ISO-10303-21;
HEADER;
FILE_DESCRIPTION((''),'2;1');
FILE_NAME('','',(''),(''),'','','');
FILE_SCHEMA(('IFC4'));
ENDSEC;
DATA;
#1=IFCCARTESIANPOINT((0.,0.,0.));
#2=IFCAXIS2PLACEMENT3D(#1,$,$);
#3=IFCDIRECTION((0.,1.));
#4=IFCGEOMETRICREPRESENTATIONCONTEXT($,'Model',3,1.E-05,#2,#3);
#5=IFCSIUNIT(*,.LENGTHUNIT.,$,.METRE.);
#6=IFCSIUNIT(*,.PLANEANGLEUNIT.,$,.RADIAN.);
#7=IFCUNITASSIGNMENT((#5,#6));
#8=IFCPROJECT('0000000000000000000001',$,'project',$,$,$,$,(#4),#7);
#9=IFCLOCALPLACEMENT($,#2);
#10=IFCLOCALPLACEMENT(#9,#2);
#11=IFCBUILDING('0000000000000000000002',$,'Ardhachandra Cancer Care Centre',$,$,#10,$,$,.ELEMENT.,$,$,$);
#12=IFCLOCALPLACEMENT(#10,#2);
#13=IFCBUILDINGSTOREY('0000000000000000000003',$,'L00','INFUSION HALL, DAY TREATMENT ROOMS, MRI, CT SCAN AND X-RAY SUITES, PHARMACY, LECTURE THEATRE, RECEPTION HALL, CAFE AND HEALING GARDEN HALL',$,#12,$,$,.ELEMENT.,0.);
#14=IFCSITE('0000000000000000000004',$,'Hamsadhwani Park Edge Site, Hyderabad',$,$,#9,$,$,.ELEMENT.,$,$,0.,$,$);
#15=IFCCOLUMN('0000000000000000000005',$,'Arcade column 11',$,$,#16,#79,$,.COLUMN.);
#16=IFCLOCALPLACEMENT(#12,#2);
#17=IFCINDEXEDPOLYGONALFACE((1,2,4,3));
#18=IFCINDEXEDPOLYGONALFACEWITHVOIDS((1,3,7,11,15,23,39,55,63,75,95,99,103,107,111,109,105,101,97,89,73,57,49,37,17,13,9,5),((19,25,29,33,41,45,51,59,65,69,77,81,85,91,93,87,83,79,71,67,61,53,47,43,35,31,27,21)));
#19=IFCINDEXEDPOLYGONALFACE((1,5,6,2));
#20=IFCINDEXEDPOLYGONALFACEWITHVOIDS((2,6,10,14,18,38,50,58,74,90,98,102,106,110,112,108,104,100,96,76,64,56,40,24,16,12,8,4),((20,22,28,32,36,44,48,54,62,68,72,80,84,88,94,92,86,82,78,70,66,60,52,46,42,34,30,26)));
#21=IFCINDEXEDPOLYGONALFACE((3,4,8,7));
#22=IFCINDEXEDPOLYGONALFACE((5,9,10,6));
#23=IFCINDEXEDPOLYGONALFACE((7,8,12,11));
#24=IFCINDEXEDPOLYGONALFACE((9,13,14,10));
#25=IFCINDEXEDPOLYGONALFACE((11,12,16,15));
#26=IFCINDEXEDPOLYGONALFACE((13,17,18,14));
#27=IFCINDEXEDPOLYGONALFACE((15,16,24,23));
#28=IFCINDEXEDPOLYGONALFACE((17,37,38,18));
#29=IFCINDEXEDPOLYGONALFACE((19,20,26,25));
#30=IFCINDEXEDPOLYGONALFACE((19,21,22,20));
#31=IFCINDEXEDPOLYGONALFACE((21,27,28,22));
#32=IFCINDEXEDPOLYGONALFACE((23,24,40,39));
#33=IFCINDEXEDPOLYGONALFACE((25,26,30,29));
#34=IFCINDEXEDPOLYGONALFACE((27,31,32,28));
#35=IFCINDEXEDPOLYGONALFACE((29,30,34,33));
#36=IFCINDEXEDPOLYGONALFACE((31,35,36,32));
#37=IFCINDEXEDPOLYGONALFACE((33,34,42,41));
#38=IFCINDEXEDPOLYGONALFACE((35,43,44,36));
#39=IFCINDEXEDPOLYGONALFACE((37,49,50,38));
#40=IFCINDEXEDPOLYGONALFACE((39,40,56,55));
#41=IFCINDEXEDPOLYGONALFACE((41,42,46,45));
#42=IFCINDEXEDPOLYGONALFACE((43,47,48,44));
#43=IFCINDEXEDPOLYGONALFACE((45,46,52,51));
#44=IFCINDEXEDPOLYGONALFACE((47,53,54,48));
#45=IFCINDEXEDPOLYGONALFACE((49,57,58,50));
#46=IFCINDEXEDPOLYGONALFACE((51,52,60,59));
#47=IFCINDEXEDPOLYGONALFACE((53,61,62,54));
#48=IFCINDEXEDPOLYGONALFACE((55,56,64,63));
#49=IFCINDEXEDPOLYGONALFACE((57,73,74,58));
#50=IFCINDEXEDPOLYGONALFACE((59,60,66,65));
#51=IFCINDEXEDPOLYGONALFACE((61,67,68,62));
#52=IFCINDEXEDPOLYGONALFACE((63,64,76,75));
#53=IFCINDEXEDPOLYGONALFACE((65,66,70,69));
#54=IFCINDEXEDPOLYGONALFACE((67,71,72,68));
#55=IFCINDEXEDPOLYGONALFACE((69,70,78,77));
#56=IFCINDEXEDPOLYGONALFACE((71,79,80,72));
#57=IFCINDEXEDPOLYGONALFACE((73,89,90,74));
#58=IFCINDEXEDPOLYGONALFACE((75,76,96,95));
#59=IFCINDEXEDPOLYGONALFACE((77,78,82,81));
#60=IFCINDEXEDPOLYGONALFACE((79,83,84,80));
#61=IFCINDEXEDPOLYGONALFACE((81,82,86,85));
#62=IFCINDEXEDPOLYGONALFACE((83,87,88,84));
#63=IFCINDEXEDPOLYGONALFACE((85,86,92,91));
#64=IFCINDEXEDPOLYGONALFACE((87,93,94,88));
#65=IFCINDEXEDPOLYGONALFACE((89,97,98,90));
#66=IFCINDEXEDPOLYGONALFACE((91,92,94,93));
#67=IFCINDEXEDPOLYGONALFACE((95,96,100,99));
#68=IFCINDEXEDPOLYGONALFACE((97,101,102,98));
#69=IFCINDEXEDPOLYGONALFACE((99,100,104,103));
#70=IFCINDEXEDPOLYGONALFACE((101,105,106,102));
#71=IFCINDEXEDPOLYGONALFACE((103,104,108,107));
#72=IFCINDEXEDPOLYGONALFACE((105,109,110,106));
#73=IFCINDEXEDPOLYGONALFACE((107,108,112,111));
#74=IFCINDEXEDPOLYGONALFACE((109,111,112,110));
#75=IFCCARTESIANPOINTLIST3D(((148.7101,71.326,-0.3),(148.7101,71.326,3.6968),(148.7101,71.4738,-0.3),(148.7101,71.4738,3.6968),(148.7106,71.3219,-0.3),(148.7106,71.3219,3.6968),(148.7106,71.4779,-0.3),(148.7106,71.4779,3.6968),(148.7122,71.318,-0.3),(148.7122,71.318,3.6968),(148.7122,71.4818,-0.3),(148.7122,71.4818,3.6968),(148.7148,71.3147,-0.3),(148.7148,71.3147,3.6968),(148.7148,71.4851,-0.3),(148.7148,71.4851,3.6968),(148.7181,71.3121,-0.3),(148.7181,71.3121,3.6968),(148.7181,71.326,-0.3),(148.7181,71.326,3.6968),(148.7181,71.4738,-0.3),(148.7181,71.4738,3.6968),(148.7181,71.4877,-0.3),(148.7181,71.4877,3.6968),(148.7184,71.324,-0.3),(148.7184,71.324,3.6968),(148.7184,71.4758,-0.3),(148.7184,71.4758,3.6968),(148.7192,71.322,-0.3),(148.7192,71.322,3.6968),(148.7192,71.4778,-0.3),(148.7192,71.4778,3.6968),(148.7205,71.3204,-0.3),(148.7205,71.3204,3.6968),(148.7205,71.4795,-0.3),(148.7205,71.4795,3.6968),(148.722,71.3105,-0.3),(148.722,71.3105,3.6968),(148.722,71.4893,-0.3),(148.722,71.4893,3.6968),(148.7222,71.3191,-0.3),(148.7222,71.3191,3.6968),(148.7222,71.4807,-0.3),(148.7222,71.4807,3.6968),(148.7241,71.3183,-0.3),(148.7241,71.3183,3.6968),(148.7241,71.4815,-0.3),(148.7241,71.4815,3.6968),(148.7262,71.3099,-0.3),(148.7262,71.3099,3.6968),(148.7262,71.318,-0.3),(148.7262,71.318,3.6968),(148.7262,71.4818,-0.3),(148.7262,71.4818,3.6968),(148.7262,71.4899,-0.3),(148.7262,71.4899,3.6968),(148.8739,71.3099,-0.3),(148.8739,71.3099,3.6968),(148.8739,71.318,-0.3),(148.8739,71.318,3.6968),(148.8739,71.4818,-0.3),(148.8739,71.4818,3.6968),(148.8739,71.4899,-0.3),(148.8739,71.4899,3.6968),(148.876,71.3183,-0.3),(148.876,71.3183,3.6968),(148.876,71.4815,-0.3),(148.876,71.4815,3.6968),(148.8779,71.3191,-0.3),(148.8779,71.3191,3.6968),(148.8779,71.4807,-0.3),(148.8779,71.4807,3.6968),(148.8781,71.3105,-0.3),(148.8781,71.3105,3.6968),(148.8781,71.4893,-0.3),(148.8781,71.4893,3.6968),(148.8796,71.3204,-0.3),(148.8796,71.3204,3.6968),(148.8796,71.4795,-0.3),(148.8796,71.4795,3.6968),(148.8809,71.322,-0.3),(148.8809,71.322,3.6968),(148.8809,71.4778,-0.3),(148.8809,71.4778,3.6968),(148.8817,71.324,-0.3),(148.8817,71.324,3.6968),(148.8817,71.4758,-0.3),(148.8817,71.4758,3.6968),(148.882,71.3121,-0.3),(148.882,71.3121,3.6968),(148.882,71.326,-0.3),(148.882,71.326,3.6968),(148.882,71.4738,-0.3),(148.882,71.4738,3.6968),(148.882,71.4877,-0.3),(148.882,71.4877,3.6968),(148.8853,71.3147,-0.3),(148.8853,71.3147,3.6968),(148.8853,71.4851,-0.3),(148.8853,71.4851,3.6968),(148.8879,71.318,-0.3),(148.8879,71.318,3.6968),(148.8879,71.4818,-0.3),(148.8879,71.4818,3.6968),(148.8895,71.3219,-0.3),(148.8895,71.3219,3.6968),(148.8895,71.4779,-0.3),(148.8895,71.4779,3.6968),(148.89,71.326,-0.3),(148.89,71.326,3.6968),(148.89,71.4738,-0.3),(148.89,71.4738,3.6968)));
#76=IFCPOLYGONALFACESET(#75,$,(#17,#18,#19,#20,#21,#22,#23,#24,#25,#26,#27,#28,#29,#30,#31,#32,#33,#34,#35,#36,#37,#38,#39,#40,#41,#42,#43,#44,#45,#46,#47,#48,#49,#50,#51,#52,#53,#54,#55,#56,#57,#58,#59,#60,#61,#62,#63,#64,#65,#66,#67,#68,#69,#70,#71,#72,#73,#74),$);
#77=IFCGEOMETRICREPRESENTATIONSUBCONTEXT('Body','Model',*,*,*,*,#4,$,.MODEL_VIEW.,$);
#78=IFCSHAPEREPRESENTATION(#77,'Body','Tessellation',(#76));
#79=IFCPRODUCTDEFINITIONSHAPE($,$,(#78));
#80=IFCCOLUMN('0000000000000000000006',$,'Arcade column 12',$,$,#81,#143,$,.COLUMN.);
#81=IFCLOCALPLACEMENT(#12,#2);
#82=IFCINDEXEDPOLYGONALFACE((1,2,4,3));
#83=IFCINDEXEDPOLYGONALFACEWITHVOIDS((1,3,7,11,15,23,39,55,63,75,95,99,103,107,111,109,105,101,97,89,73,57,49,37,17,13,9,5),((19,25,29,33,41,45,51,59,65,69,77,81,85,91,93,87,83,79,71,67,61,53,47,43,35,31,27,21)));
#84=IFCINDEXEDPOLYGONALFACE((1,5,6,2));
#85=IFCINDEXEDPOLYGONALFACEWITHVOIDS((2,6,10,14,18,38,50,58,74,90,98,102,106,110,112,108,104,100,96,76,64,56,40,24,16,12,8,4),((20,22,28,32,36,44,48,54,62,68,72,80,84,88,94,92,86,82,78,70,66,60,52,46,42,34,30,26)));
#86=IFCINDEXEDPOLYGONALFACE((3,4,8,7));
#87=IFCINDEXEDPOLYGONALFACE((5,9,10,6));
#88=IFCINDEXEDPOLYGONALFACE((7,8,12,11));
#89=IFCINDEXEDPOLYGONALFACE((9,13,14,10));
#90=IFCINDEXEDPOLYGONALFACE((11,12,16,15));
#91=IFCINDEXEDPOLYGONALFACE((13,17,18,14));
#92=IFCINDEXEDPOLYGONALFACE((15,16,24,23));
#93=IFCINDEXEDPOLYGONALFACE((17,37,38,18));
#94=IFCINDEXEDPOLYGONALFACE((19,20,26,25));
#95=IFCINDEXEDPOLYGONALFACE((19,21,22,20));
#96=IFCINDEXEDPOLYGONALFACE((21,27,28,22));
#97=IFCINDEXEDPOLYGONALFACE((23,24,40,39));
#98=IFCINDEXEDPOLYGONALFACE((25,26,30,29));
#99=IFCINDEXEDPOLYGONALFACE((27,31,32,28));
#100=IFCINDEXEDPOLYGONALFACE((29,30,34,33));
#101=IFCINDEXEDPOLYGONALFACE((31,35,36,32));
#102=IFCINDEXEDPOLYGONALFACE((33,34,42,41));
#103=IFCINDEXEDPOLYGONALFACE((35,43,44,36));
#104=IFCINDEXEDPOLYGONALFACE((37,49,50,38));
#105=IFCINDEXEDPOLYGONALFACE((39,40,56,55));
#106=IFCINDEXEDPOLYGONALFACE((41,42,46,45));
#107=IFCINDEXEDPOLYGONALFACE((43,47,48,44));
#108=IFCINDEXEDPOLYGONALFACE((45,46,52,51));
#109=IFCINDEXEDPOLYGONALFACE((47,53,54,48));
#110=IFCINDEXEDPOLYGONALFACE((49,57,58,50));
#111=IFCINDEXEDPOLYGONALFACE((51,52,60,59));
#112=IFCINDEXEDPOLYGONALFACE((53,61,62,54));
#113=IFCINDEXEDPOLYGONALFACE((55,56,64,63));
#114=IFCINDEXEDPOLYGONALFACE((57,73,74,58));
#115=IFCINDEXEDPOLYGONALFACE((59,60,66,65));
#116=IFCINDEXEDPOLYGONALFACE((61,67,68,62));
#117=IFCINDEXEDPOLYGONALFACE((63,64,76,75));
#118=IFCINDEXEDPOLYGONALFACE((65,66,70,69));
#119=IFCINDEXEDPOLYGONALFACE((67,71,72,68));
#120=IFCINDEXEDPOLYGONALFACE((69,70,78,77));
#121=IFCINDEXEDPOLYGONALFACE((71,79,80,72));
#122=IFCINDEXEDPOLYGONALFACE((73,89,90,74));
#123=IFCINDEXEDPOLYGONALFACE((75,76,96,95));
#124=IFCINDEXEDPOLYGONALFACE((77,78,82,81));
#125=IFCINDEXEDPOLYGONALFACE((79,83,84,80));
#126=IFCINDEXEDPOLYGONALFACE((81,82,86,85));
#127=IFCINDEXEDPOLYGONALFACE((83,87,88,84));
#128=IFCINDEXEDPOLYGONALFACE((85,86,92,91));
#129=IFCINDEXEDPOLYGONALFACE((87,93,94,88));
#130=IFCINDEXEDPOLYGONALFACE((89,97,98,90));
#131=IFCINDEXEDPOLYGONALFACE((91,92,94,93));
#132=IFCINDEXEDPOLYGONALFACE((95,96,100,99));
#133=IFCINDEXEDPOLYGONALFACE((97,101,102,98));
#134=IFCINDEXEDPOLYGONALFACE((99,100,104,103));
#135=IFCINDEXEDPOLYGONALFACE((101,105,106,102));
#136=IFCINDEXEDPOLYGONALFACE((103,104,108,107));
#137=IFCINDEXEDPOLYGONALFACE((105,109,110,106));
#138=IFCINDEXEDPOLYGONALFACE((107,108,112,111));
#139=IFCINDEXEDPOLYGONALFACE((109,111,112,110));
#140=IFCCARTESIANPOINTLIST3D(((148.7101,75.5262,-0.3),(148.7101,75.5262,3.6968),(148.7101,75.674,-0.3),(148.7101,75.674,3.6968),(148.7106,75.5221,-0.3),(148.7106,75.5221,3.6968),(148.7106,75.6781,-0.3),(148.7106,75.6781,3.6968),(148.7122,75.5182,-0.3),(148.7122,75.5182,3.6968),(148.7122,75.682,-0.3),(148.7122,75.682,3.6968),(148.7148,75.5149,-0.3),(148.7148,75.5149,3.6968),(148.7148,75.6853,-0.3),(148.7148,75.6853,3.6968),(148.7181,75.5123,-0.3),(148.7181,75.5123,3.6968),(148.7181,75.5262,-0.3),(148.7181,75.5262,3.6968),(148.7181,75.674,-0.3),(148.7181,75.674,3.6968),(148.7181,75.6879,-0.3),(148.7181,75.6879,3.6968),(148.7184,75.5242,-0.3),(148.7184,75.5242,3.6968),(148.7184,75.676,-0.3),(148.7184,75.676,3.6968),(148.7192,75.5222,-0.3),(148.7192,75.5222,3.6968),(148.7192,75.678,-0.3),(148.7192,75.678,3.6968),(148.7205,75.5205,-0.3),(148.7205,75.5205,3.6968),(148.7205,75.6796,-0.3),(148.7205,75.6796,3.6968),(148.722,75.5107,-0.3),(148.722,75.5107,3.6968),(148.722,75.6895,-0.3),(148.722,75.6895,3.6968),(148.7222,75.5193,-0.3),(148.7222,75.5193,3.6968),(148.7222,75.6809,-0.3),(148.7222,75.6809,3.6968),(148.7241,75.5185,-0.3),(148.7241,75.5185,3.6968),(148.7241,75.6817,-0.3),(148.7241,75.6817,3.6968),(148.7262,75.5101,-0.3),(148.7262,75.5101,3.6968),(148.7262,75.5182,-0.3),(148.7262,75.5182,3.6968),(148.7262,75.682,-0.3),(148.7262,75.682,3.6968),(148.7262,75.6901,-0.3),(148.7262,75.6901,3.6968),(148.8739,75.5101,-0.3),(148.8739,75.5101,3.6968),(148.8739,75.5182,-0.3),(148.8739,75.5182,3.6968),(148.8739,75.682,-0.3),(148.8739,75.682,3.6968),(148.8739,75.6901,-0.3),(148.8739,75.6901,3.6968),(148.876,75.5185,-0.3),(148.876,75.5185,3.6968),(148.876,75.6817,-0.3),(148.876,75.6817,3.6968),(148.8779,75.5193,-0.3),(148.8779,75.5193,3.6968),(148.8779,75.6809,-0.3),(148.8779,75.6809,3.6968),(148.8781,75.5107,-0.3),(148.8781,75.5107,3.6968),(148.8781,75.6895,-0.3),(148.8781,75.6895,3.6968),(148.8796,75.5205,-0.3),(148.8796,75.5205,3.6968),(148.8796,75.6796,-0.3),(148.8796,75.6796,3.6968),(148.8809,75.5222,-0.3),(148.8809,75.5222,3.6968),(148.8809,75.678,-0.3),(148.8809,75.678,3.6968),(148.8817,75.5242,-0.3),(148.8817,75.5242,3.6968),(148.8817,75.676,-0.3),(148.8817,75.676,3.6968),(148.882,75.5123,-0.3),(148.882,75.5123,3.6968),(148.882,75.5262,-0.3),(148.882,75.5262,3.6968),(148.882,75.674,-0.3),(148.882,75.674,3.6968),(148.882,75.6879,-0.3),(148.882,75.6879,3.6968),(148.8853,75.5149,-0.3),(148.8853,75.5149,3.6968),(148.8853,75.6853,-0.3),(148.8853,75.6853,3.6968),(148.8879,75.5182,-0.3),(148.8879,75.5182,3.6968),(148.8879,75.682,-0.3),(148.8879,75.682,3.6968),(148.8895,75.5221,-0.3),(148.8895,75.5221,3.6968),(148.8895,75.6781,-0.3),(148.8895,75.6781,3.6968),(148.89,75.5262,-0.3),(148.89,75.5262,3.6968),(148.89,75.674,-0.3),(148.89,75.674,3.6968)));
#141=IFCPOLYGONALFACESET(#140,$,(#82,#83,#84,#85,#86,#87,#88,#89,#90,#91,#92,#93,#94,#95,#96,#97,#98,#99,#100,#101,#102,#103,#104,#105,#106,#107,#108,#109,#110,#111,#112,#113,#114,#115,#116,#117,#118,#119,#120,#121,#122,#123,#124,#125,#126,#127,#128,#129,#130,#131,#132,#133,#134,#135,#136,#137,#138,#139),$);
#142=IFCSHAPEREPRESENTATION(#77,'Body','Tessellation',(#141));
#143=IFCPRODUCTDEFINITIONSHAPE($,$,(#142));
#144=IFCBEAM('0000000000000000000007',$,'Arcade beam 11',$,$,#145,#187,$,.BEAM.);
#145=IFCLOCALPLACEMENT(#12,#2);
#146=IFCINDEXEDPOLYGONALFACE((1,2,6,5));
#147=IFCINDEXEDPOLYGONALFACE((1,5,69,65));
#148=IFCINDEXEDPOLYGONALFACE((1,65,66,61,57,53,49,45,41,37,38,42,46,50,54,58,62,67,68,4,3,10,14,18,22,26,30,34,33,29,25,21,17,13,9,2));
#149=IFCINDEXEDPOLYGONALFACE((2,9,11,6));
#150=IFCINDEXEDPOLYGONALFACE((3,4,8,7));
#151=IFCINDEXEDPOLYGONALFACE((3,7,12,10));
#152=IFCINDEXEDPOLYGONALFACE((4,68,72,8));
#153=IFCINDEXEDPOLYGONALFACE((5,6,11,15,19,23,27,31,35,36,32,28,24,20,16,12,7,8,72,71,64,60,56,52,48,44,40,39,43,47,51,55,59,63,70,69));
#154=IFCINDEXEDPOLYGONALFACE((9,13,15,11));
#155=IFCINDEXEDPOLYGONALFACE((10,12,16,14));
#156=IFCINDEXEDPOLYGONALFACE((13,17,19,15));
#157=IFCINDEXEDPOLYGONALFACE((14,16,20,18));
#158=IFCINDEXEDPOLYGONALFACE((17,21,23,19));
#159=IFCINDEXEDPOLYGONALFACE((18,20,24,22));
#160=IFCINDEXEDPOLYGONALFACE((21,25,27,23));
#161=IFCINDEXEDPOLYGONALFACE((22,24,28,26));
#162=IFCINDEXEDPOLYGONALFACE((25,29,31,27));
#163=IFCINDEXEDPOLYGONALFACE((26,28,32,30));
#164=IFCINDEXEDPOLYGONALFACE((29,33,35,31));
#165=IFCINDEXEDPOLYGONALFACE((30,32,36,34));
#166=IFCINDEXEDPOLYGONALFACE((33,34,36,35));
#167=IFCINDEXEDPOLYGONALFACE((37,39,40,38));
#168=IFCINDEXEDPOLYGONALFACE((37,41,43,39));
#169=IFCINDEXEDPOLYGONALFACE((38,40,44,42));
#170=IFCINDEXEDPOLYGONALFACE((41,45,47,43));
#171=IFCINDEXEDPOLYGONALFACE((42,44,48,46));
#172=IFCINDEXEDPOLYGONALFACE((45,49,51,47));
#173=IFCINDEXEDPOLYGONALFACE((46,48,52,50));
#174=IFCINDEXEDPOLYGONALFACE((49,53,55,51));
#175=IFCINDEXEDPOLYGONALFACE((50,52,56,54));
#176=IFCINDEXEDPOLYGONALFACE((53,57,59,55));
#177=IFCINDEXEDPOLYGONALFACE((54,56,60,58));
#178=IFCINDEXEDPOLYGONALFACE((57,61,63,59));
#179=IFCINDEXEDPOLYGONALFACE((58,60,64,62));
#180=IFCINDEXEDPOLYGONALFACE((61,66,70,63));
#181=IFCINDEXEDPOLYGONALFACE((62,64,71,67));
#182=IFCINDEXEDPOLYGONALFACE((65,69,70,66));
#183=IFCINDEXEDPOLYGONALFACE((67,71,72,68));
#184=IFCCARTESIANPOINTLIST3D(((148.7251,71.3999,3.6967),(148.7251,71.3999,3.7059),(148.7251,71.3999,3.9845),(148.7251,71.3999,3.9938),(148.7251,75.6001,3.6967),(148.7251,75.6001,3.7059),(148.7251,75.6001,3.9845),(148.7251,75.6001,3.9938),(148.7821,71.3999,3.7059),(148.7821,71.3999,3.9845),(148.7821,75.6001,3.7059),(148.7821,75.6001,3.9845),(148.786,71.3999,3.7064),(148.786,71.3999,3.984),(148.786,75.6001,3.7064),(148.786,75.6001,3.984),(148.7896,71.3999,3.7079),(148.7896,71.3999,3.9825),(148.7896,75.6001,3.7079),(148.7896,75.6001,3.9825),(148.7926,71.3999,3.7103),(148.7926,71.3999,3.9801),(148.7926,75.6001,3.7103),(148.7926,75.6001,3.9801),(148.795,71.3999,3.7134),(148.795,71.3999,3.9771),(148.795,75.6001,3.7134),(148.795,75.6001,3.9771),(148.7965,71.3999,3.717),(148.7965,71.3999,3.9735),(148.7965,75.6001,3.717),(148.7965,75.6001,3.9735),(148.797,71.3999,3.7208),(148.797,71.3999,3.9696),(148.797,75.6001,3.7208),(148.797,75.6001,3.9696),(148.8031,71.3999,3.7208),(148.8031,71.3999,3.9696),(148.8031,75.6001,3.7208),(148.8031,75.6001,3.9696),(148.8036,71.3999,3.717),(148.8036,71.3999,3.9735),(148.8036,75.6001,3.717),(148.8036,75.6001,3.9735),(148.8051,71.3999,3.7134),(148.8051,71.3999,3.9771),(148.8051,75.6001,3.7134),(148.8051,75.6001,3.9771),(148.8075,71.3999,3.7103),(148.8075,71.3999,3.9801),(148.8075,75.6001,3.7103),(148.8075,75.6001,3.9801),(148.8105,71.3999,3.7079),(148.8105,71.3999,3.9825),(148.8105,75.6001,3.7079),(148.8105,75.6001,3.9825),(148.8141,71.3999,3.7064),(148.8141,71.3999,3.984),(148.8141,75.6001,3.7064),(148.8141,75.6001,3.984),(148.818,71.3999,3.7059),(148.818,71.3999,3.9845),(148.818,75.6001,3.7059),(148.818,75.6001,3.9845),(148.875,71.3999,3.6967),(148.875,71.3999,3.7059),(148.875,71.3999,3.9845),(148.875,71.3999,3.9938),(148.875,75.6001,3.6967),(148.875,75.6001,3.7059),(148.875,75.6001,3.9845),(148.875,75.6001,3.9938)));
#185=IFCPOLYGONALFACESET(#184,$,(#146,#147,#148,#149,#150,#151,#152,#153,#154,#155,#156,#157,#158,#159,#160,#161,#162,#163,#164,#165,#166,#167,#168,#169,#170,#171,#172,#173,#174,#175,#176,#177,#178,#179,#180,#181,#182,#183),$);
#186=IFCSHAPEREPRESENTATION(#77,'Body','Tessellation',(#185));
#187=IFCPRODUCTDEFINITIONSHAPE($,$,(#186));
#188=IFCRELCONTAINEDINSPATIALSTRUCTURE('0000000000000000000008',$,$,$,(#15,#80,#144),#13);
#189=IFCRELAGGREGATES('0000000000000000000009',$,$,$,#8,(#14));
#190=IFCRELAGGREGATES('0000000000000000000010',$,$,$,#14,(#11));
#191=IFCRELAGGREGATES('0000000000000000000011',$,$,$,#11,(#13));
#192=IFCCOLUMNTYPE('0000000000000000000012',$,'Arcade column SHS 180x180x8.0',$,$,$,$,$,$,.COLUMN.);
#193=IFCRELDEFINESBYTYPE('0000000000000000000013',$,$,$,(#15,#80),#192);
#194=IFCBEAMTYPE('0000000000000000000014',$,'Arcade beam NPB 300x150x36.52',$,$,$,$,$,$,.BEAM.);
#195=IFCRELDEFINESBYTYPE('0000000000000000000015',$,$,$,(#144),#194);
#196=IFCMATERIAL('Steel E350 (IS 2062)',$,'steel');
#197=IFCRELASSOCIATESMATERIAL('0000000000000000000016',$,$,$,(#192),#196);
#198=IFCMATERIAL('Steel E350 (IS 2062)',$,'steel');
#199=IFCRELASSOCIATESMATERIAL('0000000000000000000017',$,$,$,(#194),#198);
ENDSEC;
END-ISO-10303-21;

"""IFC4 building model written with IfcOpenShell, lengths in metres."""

from ifc_helpers import new_model, si_unit, direction, frame, origin, origin_2d, place, context, subcontext, project, spatial, hollow_rectangle, i_section, extrude, material, material_profile, profile_set, type_object, element, save


model = new_model("IFC4")

# Units and contexts
model_context = context("Model", 3, precision=1e-05, world=origin(), true_north=direction((0.0, 1.0)))
body_context = subcontext(model_context, "Body", "Model", "MODEL_VIEW")
ifc_project = project(units=[si_unit("LENGTHUNIT", "METRE"), si_unit("PLANEANGLEUNIT", "RADIAN")], contexts=[model_context])

# Site, building, storey
site_placement = place(None, origin())
site = spatial("IfcSite", under=ifc_project, at=site_placement, Name="Hamsadhwani Park Edge Site, Hyderabad", CompositionType="ELEMENT", RefElevation=0.0)
building_placement = place(site_placement, origin())
building = spatial("IfcBuilding", under=site, at=building_placement, Name="Ardhachandra Cancer Care Centre", CompositionType="ELEMENT")
storey_placement = place(building_placement, origin())
storey = spatial("IfcBuildingStorey", under=building, at=storey_placement, Name="L00", Description="INFUSION HALL, DAY TREATMENT ROOMS, MRI, CT SCAN AND X-RAY SUITES, PHARMACY, LECTURE THEATRE, RECEPTION HALL, CAFE AND HEALING GARDEN HALL", CompositionType="ELEMENT", Elevation=0.0)

# Columns
ifc_material_1 = material(Name="Steel E350 (IS 2062)", Category="steel")
ifc_material_profile_1 = material_profile(ifc_material_1, hollow_rectangle(XDim=0.1799, YDim=0.1799, WallThickness=0.0081, InnerFilletRadius=0.0081, OuterFilletRadius=0.0161, at=origin_2d()), Name="SHS 180x180x8.0")
ifc_profile_set_1 = profile_set([ifc_material_profile_1], Name="Steel E350 (IS 2062)")
column_type = type_object("IfcColumnType", Name="Arcade column SHS 180x180x8.0", PredefinedType="COLUMN", material=ifc_profile_set_1)
for number, where, z_axis, x_axis, name in (
    (1, (148.8, 71.3999, -0.3), (0.0, 0.0, 1.0), (1.0, 0.0, 0.0), "Arcade column 11"),
    (2, (148.8, 75.6001, -0.3), (0.0, 0.0, 1.0), (1.0, 0.0, 0.0), "Arcade column 12"),
):
    element("IfcColumn", number, at=place(storey_placement, frame(where, z_axis=z_axis, x_axis=x_axis)), inside=storey, type_object=column_type, Name=name, PredefinedType="COLUMN", context=body_context, shape_type="SweptSolid", body=[
        extrude(hollow_rectangle(XDim=0.1799, YDim=0.1799, WallThickness=0.0081, InnerFilletRadius=0.0081, OuterFilletRadius=0.0161, at=origin_2d()), origin(), (0.0, 0.0, 1.0), 3.9968),
    ])

# Beam
ifc_material_2 = material(Name="Steel E350 (IS 2062)", Category="steel")
ifc_material_profile_2 = material_profile(ifc_material_2, i_section(OverallWidth=0.1499, OverallDepth=0.2971, WebThickness=0.0061, FlangeThickness=0.0093, FilletRadius=0.0149, at=origin_2d()), Name="NPB 300x150x36.52")
ifc_profile_set_2 = profile_set([ifc_material_profile_2], Name="Steel E350 (IS 2062)")
beam_type_1 = type_object("IfcBeamType", Name="Arcade beam NPB 300x150x36.52", PredefinedType="BEAM", material=ifc_profile_set_2)
beam_1_placement = place(storey_placement, frame((148.8, 71.3999, 3.8452), z_axis=(0.0, 1.0, 0.0), x_axis=(-1.0, 0.0, 0.0)))
element("IfcBeam", 3, at=beam_1_placement, inside=storey, type_object=beam_type_1, Name="Arcade beam 11", PredefinedType="BEAM", context=body_context, shape_type="SweptSolid", body=[
    extrude(i_section(OverallWidth=0.1499, OverallDepth=0.2971, WebThickness=0.0061, FlangeThickness=0.0093, FilletRadius=0.0149, at=origin_2d()), origin(), (0.0, 0.0, 1.0), 4.2002),
])

save(model, "model.ifc")
